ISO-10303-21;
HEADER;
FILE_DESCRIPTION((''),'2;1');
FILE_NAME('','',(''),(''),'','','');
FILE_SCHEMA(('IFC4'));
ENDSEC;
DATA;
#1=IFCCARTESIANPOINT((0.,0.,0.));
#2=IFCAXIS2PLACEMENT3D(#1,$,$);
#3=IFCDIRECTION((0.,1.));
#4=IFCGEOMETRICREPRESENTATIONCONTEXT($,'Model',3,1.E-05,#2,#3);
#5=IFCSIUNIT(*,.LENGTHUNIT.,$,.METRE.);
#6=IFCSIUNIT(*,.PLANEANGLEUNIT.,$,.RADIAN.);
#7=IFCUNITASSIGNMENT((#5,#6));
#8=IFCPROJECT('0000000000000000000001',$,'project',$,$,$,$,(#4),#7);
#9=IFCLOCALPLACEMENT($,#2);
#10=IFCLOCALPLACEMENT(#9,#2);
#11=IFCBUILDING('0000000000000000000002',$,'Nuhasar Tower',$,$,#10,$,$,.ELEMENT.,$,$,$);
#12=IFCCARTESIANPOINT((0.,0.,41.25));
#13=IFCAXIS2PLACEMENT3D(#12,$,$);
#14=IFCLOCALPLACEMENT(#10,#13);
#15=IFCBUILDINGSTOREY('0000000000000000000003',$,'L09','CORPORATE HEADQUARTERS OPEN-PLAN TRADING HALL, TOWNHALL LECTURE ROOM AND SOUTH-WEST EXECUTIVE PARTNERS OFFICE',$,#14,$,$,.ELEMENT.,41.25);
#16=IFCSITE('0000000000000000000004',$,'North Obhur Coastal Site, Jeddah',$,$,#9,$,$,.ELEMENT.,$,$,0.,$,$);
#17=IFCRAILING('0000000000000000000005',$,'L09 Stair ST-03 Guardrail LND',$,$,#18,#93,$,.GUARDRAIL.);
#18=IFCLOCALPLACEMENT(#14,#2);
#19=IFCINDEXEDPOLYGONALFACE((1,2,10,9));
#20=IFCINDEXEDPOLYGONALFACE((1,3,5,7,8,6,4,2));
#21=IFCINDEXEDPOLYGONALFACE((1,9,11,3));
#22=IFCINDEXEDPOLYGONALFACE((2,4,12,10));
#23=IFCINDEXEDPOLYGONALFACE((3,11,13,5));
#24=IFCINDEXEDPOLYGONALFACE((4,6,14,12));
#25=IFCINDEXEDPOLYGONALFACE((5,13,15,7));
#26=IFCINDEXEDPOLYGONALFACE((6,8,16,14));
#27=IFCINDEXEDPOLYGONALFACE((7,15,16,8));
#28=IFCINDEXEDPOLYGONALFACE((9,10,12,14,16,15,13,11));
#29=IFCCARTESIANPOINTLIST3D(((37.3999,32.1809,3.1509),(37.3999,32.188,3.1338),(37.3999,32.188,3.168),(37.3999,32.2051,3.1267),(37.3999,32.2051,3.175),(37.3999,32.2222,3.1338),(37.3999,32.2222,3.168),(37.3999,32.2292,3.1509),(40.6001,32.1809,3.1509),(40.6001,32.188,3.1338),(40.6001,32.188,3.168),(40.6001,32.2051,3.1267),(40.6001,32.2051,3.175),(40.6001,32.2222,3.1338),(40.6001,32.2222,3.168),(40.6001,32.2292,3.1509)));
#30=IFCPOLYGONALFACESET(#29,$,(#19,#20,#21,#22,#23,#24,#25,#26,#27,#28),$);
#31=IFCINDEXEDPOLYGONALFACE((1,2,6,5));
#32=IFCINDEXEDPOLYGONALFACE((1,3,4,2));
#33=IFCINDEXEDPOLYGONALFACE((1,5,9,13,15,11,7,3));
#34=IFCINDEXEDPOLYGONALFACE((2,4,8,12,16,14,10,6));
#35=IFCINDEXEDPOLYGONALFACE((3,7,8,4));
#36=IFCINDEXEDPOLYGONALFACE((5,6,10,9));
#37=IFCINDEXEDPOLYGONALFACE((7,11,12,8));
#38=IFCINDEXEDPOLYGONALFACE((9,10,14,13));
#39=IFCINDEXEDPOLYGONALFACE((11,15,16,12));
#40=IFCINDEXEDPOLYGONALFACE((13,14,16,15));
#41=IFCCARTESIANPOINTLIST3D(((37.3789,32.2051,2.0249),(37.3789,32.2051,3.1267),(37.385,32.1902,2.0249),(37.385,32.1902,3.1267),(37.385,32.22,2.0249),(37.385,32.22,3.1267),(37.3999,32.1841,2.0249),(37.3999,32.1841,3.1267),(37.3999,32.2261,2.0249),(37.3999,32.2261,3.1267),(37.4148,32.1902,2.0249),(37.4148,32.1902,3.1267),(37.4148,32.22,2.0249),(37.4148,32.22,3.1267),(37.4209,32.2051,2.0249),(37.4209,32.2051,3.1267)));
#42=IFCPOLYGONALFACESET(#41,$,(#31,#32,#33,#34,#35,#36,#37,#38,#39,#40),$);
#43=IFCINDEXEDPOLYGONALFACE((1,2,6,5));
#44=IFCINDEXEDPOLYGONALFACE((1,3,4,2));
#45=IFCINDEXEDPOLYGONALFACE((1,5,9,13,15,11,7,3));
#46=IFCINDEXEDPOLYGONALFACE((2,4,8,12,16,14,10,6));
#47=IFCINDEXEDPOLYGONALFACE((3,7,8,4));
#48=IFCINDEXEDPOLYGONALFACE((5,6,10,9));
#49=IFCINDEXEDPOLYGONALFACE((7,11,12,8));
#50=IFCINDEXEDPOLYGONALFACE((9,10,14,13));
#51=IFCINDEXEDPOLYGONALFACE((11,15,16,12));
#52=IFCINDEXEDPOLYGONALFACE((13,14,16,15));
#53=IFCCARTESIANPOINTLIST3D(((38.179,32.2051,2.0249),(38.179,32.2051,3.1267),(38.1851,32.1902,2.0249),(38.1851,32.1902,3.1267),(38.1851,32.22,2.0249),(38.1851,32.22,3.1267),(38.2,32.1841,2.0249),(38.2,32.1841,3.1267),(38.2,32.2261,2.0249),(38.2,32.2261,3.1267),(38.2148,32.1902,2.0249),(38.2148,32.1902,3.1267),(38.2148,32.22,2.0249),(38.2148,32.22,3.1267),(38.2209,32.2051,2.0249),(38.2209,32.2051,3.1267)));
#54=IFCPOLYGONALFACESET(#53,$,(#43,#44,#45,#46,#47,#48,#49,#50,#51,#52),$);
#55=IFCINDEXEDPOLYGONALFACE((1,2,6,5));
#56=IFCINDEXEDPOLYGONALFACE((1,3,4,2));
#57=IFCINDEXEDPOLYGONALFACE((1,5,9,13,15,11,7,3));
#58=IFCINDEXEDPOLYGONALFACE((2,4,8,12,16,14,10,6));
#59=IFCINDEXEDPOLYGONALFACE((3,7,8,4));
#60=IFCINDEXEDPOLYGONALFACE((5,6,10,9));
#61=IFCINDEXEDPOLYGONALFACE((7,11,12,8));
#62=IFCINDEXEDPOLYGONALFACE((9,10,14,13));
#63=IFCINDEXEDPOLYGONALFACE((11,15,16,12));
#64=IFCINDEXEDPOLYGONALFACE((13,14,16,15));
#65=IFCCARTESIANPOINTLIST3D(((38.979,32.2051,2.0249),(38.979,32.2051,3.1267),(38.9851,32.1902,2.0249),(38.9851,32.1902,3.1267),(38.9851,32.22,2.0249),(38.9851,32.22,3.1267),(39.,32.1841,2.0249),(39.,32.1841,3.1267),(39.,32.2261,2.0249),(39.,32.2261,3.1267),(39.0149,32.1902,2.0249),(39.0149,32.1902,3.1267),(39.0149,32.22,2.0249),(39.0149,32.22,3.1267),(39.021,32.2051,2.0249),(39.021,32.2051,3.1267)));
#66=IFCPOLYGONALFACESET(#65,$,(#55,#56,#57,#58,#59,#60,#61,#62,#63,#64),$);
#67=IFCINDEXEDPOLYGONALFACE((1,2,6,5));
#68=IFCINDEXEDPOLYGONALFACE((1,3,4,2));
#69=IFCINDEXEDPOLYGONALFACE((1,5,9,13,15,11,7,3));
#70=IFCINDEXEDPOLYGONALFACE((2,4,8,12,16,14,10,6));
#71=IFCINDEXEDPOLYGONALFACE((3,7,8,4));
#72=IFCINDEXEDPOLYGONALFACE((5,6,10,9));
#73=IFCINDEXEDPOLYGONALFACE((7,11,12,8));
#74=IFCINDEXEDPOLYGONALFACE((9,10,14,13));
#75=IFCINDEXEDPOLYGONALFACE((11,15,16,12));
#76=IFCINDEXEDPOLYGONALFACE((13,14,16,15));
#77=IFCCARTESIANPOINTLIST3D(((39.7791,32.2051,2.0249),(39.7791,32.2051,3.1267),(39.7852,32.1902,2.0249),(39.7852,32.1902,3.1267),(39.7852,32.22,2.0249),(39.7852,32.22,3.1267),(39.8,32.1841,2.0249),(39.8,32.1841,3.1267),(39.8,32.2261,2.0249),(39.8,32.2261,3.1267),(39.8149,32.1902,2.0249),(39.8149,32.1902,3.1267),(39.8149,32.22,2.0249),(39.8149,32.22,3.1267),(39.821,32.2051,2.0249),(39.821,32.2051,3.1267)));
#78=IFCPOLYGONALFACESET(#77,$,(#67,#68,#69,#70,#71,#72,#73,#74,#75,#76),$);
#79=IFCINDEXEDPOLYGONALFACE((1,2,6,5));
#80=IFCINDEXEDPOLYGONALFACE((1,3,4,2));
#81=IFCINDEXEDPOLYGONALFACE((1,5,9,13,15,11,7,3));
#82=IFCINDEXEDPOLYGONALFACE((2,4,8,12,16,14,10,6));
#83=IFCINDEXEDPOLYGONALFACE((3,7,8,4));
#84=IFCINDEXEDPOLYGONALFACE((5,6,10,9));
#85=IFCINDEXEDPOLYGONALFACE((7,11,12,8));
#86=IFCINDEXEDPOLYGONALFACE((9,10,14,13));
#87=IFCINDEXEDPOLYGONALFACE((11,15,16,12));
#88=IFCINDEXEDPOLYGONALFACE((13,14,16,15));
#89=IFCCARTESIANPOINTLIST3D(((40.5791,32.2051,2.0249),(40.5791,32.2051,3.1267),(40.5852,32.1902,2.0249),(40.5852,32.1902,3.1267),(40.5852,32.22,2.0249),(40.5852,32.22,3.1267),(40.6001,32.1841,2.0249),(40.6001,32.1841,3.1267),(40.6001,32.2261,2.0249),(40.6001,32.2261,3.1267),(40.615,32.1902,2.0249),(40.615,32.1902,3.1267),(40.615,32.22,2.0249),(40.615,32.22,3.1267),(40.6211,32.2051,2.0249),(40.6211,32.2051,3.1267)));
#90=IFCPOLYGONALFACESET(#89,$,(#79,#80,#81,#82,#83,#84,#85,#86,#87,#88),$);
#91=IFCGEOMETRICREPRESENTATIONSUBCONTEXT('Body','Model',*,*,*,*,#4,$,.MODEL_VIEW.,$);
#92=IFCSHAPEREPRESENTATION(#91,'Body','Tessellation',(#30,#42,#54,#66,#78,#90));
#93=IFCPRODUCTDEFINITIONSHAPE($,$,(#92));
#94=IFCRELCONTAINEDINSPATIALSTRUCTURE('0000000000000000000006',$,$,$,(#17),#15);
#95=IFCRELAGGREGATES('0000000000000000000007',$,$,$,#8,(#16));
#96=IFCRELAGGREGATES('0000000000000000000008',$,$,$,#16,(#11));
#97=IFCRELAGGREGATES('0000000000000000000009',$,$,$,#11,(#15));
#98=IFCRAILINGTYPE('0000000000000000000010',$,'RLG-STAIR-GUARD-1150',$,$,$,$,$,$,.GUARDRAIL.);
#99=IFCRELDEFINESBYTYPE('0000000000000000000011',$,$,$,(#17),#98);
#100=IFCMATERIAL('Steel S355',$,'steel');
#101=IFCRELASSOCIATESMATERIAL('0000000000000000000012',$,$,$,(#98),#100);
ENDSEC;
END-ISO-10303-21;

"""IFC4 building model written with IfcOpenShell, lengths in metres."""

from ifc_helpers import new_model, si_unit, direction, frame, origin, place, context, subcontext, project, spatial, polyline, outline, extrude, material, type_object, element, save


model = new_model("IFC4")

# Units and contexts
model_context = context("Model", 3, precision=1e-05, world=origin(), true_north=direction((0.0, 1.0)))
body_context = subcontext(model_context, "Body", "Model", "MODEL_VIEW")
ifc_project = project(units=[si_unit("LENGTHUNIT", "METRE"), si_unit("PLANEANGLEUNIT", "RADIAN")], contexts=[model_context])

# Site, building, storey
site_placement = place(None, origin())
site = spatial("IfcSite", under=ifc_project, at=site_placement, Name="North Obhur Coastal Site, Jeddah", CompositionType="ELEMENT", RefElevation=0.0)
building_placement = place(site_placement, origin())
building = spatial("IfcBuilding", under=site, at=building_placement, Name="Nuhasar Tower", CompositionType="ELEMENT")
storey_placement = place(building_placement, frame((0.0, 0.0, 41.25)))
storey = spatial("IfcBuildingStorey", under=building, at=storey_placement, Name="L09", Description="CORPORATE HEADQUARTERS OPEN-PLAN TRADING HALL, TOWNHALL LECTURE ROOM AND SOUTH-WEST EXECUTIVE PARTNERS OFFICE", CompositionType="ELEMENT", Elevation=41.25)

# Shared definitions
ifc_material_1 = material(Name="Steel S355", Category="steel")

# Railing
railing_type_1 = type_object("IfcRailingType", Name="RLG-STAIR-GUARD-1150", PredefinedType="GUARDRAIL", material=ifc_material_1)
railing_1_placement = place(storey_placement, frame((37.3999, 32.2051, 2.0249)))
element("IfcRailing", 1, at=railing_1_placement, inside=storey, type_object=railing_type_1, Name="L09 Stair ST-03 Guardrail LND", PredefinedType="GUARDRAIL", context=body_context, shape_type="SweptSolid", body=[
    extrude(outline(polyline([(0.0242, 0.0), (0.0171, 0.0171), (0.0, 0.0242), (-0.0171, 0.0171), (-0.0242, 0.0), (-0.0171, -0.0171), (0.0, -0.0242), (0.0171, -0.0171), (0.0242, 0.0)])), frame((0.0, 0.0, 1.126), z_axis=(1.0, 0.0, 0.0), x_axis=(0.0, 1.0, 0.0)), (0.0, 0.0, 1.0), 3.2002),
    extrude(outline(polyline([(0.021, 0.0), (0.0149, 0.0149), (0.0, 0.021), (-0.0149, 0.0149), (-0.021, 0.0), (-0.0149, -0.0149), (0.0, -0.021), (0.0149, -0.0149), (0.021, 0.0)])), origin(), (0.0, 0.0, 1.0), 1.1018),
    extrude(outline(polyline([(0.021, 0.0), (0.0149, 0.0149), (0.0, 0.021), (-0.0149, 0.0149), (-0.021, 0.0), (-0.0149, -0.0149), (0.0, -0.021), (0.0149, -0.0149), (0.021, 0.0)])), frame((0.8, 0.0, 0.0)), (0.0, 0.0, 1.0), 1.1018),
    extrude(outline(polyline([(0.021, 0.0), (0.0149, 0.0149), (0.0, 0.021), (-0.0149, 0.0149), (-0.021, 0.0), (-0.0149, -0.0149), (0.0, -0.021), (0.0149, -0.0149), (0.021, 0.0)])), frame((1.6001, 0.0, 0.0)), (0.0, 0.0, 1.0), 1.1018),
    extrude(outline(polyline([(0.021, 0.0), (0.0149, 0.0149), (0.0, 0.021), (-0.0149, 0.0149), (-0.021, 0.0), (-0.0149, -0.0149), (0.0, -0.021), (0.0149, -0.0149), (0.021, 0.0)])), frame((2.4001, 0.0, 0.0)), (0.0, 0.0, 1.0), 1.1018),
    extrude(outline(polyline([(0.021, 0.0), (0.0149, 0.0149), (0.0, 0.021), (-0.0149, 0.0149), (-0.021, 0.0), (-0.0149, -0.0149), (0.0, -0.021), (0.0149, -0.0149), (0.021, 0.0)])), frame((3.2002, 0.0, 0.0)), (0.0, 0.0, 1.0), 1.1018),
])

save(model, "model.ifc")
